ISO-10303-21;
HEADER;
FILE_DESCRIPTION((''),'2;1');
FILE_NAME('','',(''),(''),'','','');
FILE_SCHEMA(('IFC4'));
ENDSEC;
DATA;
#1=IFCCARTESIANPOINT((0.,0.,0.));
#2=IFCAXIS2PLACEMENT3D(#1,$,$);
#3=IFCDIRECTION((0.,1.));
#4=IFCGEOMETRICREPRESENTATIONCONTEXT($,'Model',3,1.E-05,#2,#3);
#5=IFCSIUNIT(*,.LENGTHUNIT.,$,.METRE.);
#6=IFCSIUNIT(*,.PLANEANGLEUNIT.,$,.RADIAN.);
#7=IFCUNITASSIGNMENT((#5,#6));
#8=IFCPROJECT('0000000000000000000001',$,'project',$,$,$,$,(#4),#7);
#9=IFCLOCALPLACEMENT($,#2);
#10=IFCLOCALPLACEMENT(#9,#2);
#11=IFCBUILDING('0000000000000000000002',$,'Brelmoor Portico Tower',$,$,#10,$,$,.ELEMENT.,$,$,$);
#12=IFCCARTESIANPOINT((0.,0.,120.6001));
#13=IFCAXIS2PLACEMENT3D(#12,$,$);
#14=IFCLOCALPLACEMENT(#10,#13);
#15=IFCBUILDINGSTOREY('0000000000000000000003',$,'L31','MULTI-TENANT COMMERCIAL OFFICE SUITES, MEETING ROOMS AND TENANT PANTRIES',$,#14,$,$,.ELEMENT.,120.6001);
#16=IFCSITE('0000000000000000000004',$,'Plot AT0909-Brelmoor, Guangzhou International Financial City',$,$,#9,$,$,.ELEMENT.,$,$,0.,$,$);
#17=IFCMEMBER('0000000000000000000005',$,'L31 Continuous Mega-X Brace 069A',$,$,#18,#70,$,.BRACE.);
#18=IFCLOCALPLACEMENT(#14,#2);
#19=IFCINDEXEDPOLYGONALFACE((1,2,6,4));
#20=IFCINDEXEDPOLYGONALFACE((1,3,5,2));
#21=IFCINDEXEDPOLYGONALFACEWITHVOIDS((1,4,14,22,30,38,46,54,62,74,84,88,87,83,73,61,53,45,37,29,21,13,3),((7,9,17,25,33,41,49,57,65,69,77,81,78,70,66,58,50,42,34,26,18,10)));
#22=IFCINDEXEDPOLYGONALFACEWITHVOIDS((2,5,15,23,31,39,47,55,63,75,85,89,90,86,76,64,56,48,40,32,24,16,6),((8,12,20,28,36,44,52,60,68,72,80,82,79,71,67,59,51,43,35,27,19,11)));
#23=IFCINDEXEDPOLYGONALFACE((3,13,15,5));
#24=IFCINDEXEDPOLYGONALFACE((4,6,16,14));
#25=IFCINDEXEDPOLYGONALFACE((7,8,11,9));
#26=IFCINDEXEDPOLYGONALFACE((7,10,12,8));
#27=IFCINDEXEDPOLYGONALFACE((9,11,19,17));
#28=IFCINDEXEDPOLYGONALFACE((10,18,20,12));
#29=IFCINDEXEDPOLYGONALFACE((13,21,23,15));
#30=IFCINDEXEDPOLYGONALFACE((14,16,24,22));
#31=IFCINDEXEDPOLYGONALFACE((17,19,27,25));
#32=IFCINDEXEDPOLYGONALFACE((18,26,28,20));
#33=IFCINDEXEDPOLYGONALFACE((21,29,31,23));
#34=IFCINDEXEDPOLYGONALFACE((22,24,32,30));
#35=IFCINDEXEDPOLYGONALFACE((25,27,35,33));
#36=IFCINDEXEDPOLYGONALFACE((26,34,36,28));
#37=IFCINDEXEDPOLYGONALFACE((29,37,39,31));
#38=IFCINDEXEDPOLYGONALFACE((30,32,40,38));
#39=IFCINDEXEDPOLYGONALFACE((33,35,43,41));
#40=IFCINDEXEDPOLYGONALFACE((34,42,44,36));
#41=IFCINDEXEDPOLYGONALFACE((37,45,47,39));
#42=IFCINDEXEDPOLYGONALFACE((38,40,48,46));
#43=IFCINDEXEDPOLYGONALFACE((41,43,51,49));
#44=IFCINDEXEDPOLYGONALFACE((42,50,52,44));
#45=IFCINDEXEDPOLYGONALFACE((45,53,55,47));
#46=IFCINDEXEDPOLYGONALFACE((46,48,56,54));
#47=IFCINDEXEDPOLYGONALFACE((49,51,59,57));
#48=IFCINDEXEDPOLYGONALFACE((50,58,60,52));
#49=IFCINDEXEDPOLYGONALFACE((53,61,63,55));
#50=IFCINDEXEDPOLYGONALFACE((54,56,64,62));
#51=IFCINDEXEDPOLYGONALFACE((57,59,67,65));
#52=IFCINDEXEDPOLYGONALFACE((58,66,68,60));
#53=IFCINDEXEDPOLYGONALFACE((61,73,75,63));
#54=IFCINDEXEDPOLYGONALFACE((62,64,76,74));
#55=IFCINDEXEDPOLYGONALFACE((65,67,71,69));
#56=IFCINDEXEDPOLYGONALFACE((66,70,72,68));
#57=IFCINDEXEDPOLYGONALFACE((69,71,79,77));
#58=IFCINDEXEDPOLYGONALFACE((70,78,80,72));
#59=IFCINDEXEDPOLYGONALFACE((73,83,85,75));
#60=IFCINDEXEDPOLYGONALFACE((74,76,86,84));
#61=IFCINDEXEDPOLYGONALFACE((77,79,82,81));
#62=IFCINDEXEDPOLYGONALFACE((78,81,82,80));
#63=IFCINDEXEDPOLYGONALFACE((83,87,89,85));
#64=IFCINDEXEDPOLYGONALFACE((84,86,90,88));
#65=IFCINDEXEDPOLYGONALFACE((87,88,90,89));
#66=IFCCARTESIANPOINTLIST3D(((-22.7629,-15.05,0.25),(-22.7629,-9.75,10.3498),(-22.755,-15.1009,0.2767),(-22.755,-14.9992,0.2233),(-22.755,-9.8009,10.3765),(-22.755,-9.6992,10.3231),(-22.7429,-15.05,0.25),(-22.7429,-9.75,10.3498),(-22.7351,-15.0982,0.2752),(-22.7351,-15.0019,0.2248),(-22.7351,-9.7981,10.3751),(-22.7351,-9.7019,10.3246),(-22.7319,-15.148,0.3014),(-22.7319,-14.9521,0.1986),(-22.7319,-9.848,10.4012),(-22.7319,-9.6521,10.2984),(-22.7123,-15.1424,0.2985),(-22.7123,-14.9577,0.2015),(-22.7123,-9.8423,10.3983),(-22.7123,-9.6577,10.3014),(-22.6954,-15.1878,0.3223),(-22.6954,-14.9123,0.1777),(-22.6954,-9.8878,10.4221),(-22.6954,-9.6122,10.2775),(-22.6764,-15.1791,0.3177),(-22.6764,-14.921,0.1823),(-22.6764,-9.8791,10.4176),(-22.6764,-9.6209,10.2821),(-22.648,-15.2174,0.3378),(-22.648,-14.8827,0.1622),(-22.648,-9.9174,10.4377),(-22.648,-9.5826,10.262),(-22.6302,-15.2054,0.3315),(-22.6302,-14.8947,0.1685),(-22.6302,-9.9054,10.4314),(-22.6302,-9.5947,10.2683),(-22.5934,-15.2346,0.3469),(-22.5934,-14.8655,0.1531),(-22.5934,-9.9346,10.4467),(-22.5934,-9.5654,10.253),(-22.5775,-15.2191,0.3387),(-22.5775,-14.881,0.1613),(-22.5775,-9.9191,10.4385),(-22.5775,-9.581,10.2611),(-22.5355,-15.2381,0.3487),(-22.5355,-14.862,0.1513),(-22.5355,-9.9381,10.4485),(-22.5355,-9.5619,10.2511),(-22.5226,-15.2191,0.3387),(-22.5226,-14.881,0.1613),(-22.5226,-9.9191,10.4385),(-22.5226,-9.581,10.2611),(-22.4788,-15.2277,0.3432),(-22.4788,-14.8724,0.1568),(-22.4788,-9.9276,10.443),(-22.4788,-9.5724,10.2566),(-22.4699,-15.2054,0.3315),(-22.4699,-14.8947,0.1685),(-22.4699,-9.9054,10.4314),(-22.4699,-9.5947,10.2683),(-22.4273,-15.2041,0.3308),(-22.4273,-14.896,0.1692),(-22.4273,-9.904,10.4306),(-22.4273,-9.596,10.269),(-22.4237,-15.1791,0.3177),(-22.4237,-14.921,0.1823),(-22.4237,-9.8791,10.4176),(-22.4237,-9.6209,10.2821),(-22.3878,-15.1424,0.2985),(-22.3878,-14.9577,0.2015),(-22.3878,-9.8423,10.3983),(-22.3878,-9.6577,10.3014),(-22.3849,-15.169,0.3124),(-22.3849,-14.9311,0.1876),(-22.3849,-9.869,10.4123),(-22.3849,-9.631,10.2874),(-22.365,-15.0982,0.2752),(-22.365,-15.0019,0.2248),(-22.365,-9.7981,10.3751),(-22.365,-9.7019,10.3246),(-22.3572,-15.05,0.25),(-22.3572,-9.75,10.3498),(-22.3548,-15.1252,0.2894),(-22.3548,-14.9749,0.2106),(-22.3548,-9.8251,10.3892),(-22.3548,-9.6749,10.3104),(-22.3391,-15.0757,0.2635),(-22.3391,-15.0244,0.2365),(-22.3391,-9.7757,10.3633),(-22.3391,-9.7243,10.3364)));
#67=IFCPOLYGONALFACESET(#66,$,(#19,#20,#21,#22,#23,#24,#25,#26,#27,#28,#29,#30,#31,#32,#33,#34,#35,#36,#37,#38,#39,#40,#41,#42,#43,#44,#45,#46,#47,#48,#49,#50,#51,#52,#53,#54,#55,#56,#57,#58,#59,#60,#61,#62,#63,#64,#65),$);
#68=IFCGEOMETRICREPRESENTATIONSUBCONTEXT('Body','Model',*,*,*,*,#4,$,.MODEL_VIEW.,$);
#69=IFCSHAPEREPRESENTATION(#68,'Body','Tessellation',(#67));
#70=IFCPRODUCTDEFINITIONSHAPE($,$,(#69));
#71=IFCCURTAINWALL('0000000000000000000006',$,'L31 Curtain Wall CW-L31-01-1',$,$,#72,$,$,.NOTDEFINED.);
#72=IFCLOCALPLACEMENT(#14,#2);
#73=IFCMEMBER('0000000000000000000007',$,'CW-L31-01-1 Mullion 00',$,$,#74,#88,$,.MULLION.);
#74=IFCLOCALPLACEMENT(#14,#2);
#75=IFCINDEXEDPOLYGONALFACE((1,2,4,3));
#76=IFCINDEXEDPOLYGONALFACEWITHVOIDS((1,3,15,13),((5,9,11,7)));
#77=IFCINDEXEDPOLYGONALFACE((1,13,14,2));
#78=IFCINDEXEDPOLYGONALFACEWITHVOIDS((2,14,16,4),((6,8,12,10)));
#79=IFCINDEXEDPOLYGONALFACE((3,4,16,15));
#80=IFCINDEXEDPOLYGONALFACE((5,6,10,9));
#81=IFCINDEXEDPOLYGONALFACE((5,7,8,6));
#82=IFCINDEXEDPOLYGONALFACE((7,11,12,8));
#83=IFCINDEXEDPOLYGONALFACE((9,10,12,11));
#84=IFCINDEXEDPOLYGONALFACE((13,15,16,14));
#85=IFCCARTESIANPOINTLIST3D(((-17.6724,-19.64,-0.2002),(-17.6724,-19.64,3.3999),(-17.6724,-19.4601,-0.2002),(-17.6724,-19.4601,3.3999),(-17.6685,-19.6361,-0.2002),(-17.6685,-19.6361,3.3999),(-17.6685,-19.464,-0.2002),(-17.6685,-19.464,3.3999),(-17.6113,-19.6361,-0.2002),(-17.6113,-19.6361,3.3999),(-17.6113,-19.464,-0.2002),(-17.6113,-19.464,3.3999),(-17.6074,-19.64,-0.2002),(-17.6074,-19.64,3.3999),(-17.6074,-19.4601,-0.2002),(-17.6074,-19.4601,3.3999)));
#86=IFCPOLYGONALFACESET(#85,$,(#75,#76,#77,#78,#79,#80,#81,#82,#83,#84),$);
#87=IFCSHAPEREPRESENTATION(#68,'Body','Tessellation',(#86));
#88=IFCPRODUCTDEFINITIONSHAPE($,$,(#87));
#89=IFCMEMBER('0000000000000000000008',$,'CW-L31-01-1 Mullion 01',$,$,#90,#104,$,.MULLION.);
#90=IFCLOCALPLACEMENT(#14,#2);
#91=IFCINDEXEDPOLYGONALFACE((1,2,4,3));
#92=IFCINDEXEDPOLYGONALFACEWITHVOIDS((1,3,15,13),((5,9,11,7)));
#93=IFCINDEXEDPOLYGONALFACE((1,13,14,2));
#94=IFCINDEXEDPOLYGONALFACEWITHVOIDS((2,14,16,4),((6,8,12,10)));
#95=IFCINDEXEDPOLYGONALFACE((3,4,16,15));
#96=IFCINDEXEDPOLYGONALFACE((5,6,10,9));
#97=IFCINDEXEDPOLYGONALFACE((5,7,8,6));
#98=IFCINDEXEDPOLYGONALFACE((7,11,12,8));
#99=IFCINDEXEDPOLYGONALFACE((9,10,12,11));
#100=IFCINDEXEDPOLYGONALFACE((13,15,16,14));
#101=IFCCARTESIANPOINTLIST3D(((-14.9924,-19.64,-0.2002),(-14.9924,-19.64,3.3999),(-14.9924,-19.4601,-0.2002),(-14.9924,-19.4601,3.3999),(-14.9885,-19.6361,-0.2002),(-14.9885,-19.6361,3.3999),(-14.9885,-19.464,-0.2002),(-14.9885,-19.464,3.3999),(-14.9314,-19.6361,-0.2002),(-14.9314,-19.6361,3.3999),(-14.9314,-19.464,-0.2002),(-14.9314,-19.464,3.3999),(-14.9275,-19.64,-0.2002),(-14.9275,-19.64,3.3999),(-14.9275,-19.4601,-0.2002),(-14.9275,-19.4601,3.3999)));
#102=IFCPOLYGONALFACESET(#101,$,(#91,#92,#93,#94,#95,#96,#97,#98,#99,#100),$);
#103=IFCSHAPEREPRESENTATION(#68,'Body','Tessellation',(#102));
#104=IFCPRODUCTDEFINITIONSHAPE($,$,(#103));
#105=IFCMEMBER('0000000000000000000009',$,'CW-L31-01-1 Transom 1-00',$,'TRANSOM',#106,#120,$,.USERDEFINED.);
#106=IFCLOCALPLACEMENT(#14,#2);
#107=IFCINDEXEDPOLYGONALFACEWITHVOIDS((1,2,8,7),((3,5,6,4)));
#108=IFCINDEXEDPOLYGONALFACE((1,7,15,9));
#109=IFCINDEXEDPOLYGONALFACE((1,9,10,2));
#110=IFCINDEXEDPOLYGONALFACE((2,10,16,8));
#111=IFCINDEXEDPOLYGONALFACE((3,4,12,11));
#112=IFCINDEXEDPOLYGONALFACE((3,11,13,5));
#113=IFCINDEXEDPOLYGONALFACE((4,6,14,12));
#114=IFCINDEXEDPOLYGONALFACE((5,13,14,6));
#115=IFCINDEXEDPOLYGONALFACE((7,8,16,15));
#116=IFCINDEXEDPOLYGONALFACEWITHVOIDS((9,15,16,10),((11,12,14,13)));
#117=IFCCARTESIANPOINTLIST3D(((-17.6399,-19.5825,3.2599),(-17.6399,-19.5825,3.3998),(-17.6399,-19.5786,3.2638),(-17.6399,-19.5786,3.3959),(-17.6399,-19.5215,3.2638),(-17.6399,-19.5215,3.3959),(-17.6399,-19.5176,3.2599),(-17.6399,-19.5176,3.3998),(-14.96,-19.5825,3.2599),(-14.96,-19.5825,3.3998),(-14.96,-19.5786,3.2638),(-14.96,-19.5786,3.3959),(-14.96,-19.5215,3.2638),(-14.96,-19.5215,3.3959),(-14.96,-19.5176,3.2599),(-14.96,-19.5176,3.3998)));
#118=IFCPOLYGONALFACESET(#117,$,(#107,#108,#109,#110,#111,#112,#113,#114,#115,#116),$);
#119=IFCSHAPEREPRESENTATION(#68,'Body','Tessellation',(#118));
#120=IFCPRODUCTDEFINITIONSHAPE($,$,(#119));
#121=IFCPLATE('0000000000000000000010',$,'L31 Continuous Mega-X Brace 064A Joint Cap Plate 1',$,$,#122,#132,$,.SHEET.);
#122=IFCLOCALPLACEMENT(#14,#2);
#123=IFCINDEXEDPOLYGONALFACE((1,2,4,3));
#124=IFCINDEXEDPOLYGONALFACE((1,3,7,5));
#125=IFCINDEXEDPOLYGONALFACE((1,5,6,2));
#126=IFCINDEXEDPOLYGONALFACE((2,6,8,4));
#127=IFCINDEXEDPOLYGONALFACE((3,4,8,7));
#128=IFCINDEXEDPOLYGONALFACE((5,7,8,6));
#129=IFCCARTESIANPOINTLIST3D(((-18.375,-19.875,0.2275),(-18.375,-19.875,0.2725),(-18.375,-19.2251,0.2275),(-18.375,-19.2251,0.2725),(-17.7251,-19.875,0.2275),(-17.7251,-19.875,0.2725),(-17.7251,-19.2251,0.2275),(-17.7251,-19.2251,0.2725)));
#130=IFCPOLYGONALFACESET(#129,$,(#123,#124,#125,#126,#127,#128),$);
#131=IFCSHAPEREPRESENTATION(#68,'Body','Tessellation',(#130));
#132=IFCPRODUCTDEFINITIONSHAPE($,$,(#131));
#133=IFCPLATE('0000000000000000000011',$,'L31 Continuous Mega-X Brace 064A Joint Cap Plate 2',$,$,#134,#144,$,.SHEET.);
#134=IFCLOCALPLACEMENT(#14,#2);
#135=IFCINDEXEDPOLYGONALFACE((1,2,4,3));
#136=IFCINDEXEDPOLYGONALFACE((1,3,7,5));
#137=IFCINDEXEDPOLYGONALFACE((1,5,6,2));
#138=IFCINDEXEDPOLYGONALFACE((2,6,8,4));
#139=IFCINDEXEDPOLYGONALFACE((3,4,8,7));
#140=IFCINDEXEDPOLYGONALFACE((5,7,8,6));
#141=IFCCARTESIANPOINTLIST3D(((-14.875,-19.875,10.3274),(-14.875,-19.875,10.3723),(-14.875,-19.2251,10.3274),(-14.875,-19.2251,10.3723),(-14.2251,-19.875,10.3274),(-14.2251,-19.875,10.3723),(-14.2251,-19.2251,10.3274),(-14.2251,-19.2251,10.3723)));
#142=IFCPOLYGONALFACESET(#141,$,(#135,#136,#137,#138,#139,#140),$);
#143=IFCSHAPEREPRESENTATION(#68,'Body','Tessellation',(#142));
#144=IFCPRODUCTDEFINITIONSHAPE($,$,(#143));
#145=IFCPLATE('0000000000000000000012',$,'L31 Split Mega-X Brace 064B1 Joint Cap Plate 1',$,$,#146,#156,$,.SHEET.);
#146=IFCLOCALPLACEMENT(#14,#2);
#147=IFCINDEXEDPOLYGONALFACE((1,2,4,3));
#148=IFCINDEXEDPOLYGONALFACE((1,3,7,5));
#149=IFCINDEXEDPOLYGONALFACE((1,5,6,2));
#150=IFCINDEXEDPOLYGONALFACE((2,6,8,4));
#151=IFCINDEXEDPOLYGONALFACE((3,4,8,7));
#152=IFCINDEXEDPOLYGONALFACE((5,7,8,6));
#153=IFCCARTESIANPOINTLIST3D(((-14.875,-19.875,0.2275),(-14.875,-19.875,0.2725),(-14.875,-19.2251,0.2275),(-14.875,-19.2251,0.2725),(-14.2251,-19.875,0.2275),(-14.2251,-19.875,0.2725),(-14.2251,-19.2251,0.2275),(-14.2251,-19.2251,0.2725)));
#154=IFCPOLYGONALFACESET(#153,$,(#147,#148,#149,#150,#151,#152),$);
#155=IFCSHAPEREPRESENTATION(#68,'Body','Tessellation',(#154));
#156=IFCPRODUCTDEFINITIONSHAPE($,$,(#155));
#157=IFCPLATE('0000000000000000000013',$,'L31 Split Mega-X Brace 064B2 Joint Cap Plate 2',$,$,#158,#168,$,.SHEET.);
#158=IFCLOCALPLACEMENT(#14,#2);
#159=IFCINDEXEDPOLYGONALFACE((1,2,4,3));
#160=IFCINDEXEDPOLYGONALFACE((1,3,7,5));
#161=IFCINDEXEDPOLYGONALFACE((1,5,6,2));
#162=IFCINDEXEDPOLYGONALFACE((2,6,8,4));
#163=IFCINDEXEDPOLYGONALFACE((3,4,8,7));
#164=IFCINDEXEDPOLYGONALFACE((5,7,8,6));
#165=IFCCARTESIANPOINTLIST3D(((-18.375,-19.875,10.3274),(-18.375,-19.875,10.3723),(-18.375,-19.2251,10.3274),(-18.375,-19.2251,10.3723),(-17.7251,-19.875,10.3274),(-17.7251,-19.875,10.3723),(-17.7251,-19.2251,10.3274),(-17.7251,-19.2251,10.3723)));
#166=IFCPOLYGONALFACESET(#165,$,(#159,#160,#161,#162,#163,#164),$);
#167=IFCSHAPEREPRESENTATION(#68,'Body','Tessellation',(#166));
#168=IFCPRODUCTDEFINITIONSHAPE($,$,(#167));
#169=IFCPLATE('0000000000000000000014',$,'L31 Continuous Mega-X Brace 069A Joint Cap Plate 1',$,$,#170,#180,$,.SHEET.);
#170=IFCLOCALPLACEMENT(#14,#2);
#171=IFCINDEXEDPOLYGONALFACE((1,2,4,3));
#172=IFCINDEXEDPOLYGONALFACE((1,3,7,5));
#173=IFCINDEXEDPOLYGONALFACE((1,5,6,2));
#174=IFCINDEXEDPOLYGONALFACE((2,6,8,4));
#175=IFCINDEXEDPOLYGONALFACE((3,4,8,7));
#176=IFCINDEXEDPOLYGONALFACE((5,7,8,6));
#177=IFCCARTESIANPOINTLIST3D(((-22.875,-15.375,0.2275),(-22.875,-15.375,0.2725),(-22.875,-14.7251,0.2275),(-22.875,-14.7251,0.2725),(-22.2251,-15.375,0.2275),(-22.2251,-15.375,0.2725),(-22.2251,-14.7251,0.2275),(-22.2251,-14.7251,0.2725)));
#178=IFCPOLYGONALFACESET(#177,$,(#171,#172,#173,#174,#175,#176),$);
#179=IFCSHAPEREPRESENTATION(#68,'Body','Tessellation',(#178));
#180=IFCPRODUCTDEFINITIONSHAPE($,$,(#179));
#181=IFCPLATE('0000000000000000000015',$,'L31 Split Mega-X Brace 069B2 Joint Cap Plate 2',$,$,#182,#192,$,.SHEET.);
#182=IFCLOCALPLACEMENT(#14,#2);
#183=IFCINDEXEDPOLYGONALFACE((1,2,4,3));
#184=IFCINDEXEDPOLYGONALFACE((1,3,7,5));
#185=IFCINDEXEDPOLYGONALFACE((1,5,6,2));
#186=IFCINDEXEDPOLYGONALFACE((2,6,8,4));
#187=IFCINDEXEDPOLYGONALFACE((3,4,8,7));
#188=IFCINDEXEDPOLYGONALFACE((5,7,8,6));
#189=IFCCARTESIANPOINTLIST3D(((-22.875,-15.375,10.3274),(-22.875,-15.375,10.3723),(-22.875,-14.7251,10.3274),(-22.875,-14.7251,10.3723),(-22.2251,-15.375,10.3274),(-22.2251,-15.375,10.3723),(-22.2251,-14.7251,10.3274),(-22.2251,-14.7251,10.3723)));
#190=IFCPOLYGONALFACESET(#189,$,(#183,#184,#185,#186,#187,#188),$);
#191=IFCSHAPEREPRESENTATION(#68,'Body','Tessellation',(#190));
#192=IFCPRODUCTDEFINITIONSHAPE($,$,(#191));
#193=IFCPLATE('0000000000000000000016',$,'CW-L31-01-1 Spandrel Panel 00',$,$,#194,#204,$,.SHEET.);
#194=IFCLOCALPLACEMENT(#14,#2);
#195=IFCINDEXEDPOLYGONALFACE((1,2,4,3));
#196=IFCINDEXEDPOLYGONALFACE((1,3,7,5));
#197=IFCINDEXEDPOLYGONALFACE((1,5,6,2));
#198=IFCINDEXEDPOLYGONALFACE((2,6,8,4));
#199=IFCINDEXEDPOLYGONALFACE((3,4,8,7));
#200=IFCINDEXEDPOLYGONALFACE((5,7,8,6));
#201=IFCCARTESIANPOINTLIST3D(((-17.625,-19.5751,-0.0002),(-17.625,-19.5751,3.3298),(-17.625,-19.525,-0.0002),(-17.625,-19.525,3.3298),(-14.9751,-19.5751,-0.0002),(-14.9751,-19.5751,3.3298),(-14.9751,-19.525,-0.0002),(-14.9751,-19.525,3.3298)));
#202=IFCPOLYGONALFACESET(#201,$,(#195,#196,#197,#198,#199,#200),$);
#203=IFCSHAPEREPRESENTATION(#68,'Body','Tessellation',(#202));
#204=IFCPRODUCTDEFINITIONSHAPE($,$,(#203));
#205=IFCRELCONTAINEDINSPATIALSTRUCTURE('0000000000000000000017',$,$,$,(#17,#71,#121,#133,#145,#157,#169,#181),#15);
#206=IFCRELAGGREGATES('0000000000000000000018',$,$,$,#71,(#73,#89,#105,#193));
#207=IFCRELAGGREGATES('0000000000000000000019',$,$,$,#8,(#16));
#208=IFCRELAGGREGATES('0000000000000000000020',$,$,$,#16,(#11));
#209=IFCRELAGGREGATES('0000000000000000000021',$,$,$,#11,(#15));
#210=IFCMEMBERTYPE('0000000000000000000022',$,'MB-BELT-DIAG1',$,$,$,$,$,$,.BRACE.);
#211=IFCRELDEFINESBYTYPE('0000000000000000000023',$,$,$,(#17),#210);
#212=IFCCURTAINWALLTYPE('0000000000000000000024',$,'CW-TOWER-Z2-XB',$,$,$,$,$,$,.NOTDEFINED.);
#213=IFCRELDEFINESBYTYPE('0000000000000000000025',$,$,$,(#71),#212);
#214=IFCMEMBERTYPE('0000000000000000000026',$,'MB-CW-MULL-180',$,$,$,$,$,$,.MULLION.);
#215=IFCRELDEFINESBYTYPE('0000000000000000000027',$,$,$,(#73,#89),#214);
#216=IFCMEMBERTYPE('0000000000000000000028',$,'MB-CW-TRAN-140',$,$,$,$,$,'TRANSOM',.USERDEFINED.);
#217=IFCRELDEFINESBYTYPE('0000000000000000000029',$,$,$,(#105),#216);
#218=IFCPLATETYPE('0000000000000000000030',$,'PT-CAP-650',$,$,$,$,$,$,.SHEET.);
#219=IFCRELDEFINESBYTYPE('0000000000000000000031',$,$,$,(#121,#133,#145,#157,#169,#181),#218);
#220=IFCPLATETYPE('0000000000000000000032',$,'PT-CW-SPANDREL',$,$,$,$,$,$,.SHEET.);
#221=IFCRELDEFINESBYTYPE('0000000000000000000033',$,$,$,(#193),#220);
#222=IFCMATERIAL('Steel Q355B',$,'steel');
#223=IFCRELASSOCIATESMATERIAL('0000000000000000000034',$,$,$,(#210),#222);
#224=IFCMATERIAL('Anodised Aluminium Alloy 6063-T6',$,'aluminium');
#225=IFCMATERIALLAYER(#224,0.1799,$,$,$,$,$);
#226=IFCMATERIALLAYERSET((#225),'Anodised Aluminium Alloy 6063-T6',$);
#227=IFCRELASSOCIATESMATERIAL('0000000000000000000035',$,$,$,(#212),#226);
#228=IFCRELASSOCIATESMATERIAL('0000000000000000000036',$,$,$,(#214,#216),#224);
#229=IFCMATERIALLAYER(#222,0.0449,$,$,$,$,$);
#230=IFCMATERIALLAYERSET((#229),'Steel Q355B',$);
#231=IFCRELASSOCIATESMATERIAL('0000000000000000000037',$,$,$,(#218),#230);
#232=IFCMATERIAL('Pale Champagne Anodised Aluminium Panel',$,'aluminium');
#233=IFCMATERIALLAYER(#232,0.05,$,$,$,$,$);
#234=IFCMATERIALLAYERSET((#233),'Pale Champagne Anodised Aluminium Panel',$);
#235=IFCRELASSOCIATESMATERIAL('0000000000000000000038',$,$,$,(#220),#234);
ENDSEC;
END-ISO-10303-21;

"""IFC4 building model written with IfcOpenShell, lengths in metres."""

from ifc_helpers import new_model, si_unit, direction, frame, origin, origin_2d, place, context, subcontext, project, spatial, rectangle, hollow_rectangle, hollow_circle, extrude, material, layer, layer_set, material_profile, profile_set, type_object, element, aggregate, save


model = new_model("IFC4")

# Units and contexts
model_context = context("Model", 3, precision=1e-05, world=origin(), true_north=direction((0.0, 1.0)))
body_context = subcontext(model_context, "Body", "Model", "MODEL_VIEW")
ifc_project = project(units=[si_unit("LENGTHUNIT", "METRE"), si_unit("PLANEANGLEUNIT", "RADIAN")], contexts=[model_context])

# Site, building, storey
site_placement = place(None, origin())
site = spatial("IfcSite", under=ifc_project, at=site_placement, Name="Plot AT0909-Brelmoor, Guangzhou International Financial City", CompositionType="ELEMENT", RefElevation=0.0)
building_placement = place(site_placement, origin())
building = spatial("IfcBuilding", under=site, at=building_placement, Name="Brelmoor Portico Tower", CompositionType="ELEMENT")
storey_placement = place(building_placement, frame((0.0, 0.0, 120.6001)))
storey = spatial("IfcBuildingStorey", under=building, at=storey_placement, Name="L31", Description="MULTI-TENANT COMMERCIAL OFFICE SUITES, MEETING ROOMS AND TENANT PANTRIES", CompositionType="ELEMENT", Elevation=120.6001)

# Shared definitions
ifc_material_1 = material(Name="Steel Q355B", Category="steel")

# Member
ifc_material_profile_1 = material_profile(ifc_material_1, hollow_circle(Radius=0.2129, WallThickness=0.02, at=origin_2d()), Name="CHS 426x20")
ifc_profile_set_1 = profile_set([ifc_material_profile_1], Name="Steel Q355B")
member_type_1 = type_object("IfcMemberType", Name="MB-BELT-DIAG1", PredefinedType="BRACE", material=ifc_profile_set_1)
member_1_placement = place(storey_placement, frame((-22.55, -15.05, 0.25), z_axis=(0.0, 0.464671, 0.885484), x_axis=(-1.0, 0.0, 0.0)))
element("IfcMember", 1, at=member_1_placement, inside=storey, type_object=member_type_1, Name="L31 Continuous Mega-X Brace 069A", PredefinedType="BRACE", context=body_context, shape_type="SweptSolid", body=[
    extrude(hollow_circle(Radius=0.2129, WallThickness=0.02, at=origin_2d()), origin(), (0.0, 0.0, 1.0), 11.406),
])

# Curtain wall, members
ifc_material_2 = material(Name="Anodised Aluminium Alloy 6063-T6", Category="aluminium")
ifc_layer_1 = layer(ifc_material_2, 0.1799)
ifc_layer_set_1 = layer_set([ifc_layer_1], Name="Anodised Aluminium Alloy 6063-T6")
curtain_wall_type = type_object("IfcCurtainWallType", Name="CW-TOWER-Z2-XB", PredefinedType="NOTDEFINED", material=ifc_layer_set_1)
curtain_wall_placement = place(storey_placement, origin())
curtain_wall = element("IfcCurtainWall", 2, at=curtain_wall_placement, inside=storey, type_object=curtain_wall_type, Name="L31 Curtain Wall CW-L31-01-1", PredefinedType="NOTDEFINED")
ifc_material_profile_2 = material_profile(ifc_material_2, hollow_rectangle(XDim=0.0649, YDim=0.1799, WallThickness=0.0039, at=origin_2d()), Name="ALU MULLION 65x180")
ifc_profile_set_2 = profile_set([ifc_material_profile_2], Name="Anodised Aluminium Alloy 6063-T6")
member_type_2 = type_object("IfcMemberType", Name="MB-CW-MULL-180", PredefinedType="MULLION", material=ifc_profile_set_2)
member_2_placement = place(storey_placement, frame((-17.6399, -19.55, -0.2002), z_axis=(0.0, 0.0, 1.0), x_axis=(1.0, 0.0, 0.0)))
member_2 = element("IfcMember", 3, at=member_2_placement, type_object=member_type_2, Name="CW-L31-01-1 Mullion 00", PredefinedType="MULLION", context=body_context, shape_type="SweptSolid", body=[
    extrude(hollow_rectangle(XDim=0.0649, YDim=0.1799, WallThickness=0.0039, at=origin_2d()), origin(), (0.0, 0.0, 1.0), 3.6001),
])
member_3_placement = place(storey_placement, frame((-14.96, -19.55, -0.2002), z_axis=(0.0, 0.0, 1.0), x_axis=(1.0, 0.0, 0.0)))
member_3 = element("IfcMember", 4, at=member_3_placement, type_object=member_type_2, Name="CW-L31-01-1 Mullion 01", PredefinedType="MULLION", context=body_context, shape_type="SweptSolid", body=[
    extrude(hollow_rectangle(XDim=0.0649, YDim=0.1799, WallThickness=0.0039, at=origin_2d()), origin(), (0.0, 0.0, 1.0), 3.6001),
])
ifc_material_profile_3 = material_profile(ifc_material_2, hollow_rectangle(XDim=0.0649, YDim=0.1399, WallThickness=0.0039, at=origin_2d()), Name="ALU TRANSOM 65x140")
ifc_profile_set_3 = profile_set([ifc_material_profile_3], Name="Anodised Aluminium Alloy 6063-T6")
member_type_3 = type_object("IfcMemberType", Name="MB-CW-TRAN-140", ElementType="TRANSOM", PredefinedType="USERDEFINED", material=ifc_profile_set_3)
member_4_placement = place(storey_placement, frame((-17.6399, -19.55, 3.3298), z_axis=(1.0, 0.0, 0.0), x_axis=(0.0, 1.0, 0.0)))
member_4 = element("IfcMember", 5, at=member_4_placement, type_object=member_type_3, Name="CW-L31-01-1 Transom 1-00", ObjectType="TRANSOM", PredefinedType="USERDEFINED", context=body_context, shape_type="SweptSolid", body=[
    extrude(hollow_rectangle(XDim=0.0649, YDim=0.1399, WallThickness=0.0039, at=origin_2d()), origin(), (0.0, 0.0, 1.0), 2.6799),
])

# Plates
ifc_layer_2 = layer(ifc_material_1, 0.0449)
ifc_layer_set_2 = layer_set([ifc_layer_2], Name="Steel Q355B")
plate_type_1 = type_object("IfcPlateType", Name="PT-CAP-650", PredefinedType="SHEET", material=ifc_layer_set_2)
for number, where, z_axis, x_axis, name in (
    (6, (-18.05, -19.55, 0.2275), (0.0, 0.0, 1.0), (1.0, 0.0, 0.0), "L31 Continuous Mega-X Brace 064A Joint Cap Plate 1"),
    (7, (-14.55, -19.55, 10.3274), (0.0, 0.0, 1.0), (1.0, 0.0, 0.0), "L31 Continuous Mega-X Brace 064A Joint Cap Plate 2"),
    (8, (-14.55, -19.55, 0.2275), (0.0, 0.0, 1.0), (1.0, 0.0, 0.0), "L31 Split Mega-X Brace 064B1 Joint Cap Plate 1"),
    (9, (-18.05, -19.55, 10.3274), (0.0, 0.0, 1.0), (1.0, 0.0, 0.0), "L31 Split Mega-X Brace 064B2 Joint Cap Plate 2"),
    (10, (-22.55, -15.05, 0.2275), (0.0, 0.0, 1.0), (1.0, 0.0, 0.0), "L31 Continuous Mega-X Brace 069A Joint Cap Plate 1"),
    (11, (-22.55, -15.05, 10.3274), (0.0, 0.0, 1.0), (1.0, 0.0, 0.0), "L31 Split Mega-X Brace 069B2 Joint Cap Plate 2"),
):
    element("IfcPlate", number, at=place(storey_placement, frame(where, z_axis=z_axis, x_axis=x_axis)), inside=storey, type_object=plate_type_1, Name=name, PredefinedType="SHEET", context=body_context, shape_type="SweptSolid", body=[
        extrude(rectangle(XDim=0.6499, YDim=0.6499, at=origin_2d()), origin(), (0.0, 0.0, 1.0), 0.0449),
    ])

# Plate
ifc_material_3 = material(Name="Pale Champagne Anodised Aluminium Panel", Category="aluminium")
ifc_layer_3 = layer(ifc_material_3, 0.05)
ifc_layer_set_3 = layer_set([ifc_layer_3], Name="Pale Champagne Anodised Aluminium Panel")
plate_type_2 = type_object("IfcPlateType", Name="PT-CW-SPANDREL", PredefinedType="SHEET", material=ifc_layer_set_3)
plate_1_placement = place(storey_placement, frame((-16.3, -19.55, -0.0002), z_axis=(0.0, 0.0, 1.0), x_axis=(1.0, 0.0, 0.0)))
plate_1 = element("IfcPlate", 12, at=plate_1_placement, type_object=plate_type_2, Name="CW-L31-01-1 Spandrel Panel 00", PredefinedType="SHEET", context=body_context, shape_type="SweptSolid", body=[
    extrude(rectangle(XDim=2.6499, YDim=0.05, at=origin_2d()), origin(), (0.0, 0.0, 1.0), 3.3301),
])
aggregate(curtain_wall, [member_2, member_3, member_4, plate_1])

save(model, "model.ifc")
